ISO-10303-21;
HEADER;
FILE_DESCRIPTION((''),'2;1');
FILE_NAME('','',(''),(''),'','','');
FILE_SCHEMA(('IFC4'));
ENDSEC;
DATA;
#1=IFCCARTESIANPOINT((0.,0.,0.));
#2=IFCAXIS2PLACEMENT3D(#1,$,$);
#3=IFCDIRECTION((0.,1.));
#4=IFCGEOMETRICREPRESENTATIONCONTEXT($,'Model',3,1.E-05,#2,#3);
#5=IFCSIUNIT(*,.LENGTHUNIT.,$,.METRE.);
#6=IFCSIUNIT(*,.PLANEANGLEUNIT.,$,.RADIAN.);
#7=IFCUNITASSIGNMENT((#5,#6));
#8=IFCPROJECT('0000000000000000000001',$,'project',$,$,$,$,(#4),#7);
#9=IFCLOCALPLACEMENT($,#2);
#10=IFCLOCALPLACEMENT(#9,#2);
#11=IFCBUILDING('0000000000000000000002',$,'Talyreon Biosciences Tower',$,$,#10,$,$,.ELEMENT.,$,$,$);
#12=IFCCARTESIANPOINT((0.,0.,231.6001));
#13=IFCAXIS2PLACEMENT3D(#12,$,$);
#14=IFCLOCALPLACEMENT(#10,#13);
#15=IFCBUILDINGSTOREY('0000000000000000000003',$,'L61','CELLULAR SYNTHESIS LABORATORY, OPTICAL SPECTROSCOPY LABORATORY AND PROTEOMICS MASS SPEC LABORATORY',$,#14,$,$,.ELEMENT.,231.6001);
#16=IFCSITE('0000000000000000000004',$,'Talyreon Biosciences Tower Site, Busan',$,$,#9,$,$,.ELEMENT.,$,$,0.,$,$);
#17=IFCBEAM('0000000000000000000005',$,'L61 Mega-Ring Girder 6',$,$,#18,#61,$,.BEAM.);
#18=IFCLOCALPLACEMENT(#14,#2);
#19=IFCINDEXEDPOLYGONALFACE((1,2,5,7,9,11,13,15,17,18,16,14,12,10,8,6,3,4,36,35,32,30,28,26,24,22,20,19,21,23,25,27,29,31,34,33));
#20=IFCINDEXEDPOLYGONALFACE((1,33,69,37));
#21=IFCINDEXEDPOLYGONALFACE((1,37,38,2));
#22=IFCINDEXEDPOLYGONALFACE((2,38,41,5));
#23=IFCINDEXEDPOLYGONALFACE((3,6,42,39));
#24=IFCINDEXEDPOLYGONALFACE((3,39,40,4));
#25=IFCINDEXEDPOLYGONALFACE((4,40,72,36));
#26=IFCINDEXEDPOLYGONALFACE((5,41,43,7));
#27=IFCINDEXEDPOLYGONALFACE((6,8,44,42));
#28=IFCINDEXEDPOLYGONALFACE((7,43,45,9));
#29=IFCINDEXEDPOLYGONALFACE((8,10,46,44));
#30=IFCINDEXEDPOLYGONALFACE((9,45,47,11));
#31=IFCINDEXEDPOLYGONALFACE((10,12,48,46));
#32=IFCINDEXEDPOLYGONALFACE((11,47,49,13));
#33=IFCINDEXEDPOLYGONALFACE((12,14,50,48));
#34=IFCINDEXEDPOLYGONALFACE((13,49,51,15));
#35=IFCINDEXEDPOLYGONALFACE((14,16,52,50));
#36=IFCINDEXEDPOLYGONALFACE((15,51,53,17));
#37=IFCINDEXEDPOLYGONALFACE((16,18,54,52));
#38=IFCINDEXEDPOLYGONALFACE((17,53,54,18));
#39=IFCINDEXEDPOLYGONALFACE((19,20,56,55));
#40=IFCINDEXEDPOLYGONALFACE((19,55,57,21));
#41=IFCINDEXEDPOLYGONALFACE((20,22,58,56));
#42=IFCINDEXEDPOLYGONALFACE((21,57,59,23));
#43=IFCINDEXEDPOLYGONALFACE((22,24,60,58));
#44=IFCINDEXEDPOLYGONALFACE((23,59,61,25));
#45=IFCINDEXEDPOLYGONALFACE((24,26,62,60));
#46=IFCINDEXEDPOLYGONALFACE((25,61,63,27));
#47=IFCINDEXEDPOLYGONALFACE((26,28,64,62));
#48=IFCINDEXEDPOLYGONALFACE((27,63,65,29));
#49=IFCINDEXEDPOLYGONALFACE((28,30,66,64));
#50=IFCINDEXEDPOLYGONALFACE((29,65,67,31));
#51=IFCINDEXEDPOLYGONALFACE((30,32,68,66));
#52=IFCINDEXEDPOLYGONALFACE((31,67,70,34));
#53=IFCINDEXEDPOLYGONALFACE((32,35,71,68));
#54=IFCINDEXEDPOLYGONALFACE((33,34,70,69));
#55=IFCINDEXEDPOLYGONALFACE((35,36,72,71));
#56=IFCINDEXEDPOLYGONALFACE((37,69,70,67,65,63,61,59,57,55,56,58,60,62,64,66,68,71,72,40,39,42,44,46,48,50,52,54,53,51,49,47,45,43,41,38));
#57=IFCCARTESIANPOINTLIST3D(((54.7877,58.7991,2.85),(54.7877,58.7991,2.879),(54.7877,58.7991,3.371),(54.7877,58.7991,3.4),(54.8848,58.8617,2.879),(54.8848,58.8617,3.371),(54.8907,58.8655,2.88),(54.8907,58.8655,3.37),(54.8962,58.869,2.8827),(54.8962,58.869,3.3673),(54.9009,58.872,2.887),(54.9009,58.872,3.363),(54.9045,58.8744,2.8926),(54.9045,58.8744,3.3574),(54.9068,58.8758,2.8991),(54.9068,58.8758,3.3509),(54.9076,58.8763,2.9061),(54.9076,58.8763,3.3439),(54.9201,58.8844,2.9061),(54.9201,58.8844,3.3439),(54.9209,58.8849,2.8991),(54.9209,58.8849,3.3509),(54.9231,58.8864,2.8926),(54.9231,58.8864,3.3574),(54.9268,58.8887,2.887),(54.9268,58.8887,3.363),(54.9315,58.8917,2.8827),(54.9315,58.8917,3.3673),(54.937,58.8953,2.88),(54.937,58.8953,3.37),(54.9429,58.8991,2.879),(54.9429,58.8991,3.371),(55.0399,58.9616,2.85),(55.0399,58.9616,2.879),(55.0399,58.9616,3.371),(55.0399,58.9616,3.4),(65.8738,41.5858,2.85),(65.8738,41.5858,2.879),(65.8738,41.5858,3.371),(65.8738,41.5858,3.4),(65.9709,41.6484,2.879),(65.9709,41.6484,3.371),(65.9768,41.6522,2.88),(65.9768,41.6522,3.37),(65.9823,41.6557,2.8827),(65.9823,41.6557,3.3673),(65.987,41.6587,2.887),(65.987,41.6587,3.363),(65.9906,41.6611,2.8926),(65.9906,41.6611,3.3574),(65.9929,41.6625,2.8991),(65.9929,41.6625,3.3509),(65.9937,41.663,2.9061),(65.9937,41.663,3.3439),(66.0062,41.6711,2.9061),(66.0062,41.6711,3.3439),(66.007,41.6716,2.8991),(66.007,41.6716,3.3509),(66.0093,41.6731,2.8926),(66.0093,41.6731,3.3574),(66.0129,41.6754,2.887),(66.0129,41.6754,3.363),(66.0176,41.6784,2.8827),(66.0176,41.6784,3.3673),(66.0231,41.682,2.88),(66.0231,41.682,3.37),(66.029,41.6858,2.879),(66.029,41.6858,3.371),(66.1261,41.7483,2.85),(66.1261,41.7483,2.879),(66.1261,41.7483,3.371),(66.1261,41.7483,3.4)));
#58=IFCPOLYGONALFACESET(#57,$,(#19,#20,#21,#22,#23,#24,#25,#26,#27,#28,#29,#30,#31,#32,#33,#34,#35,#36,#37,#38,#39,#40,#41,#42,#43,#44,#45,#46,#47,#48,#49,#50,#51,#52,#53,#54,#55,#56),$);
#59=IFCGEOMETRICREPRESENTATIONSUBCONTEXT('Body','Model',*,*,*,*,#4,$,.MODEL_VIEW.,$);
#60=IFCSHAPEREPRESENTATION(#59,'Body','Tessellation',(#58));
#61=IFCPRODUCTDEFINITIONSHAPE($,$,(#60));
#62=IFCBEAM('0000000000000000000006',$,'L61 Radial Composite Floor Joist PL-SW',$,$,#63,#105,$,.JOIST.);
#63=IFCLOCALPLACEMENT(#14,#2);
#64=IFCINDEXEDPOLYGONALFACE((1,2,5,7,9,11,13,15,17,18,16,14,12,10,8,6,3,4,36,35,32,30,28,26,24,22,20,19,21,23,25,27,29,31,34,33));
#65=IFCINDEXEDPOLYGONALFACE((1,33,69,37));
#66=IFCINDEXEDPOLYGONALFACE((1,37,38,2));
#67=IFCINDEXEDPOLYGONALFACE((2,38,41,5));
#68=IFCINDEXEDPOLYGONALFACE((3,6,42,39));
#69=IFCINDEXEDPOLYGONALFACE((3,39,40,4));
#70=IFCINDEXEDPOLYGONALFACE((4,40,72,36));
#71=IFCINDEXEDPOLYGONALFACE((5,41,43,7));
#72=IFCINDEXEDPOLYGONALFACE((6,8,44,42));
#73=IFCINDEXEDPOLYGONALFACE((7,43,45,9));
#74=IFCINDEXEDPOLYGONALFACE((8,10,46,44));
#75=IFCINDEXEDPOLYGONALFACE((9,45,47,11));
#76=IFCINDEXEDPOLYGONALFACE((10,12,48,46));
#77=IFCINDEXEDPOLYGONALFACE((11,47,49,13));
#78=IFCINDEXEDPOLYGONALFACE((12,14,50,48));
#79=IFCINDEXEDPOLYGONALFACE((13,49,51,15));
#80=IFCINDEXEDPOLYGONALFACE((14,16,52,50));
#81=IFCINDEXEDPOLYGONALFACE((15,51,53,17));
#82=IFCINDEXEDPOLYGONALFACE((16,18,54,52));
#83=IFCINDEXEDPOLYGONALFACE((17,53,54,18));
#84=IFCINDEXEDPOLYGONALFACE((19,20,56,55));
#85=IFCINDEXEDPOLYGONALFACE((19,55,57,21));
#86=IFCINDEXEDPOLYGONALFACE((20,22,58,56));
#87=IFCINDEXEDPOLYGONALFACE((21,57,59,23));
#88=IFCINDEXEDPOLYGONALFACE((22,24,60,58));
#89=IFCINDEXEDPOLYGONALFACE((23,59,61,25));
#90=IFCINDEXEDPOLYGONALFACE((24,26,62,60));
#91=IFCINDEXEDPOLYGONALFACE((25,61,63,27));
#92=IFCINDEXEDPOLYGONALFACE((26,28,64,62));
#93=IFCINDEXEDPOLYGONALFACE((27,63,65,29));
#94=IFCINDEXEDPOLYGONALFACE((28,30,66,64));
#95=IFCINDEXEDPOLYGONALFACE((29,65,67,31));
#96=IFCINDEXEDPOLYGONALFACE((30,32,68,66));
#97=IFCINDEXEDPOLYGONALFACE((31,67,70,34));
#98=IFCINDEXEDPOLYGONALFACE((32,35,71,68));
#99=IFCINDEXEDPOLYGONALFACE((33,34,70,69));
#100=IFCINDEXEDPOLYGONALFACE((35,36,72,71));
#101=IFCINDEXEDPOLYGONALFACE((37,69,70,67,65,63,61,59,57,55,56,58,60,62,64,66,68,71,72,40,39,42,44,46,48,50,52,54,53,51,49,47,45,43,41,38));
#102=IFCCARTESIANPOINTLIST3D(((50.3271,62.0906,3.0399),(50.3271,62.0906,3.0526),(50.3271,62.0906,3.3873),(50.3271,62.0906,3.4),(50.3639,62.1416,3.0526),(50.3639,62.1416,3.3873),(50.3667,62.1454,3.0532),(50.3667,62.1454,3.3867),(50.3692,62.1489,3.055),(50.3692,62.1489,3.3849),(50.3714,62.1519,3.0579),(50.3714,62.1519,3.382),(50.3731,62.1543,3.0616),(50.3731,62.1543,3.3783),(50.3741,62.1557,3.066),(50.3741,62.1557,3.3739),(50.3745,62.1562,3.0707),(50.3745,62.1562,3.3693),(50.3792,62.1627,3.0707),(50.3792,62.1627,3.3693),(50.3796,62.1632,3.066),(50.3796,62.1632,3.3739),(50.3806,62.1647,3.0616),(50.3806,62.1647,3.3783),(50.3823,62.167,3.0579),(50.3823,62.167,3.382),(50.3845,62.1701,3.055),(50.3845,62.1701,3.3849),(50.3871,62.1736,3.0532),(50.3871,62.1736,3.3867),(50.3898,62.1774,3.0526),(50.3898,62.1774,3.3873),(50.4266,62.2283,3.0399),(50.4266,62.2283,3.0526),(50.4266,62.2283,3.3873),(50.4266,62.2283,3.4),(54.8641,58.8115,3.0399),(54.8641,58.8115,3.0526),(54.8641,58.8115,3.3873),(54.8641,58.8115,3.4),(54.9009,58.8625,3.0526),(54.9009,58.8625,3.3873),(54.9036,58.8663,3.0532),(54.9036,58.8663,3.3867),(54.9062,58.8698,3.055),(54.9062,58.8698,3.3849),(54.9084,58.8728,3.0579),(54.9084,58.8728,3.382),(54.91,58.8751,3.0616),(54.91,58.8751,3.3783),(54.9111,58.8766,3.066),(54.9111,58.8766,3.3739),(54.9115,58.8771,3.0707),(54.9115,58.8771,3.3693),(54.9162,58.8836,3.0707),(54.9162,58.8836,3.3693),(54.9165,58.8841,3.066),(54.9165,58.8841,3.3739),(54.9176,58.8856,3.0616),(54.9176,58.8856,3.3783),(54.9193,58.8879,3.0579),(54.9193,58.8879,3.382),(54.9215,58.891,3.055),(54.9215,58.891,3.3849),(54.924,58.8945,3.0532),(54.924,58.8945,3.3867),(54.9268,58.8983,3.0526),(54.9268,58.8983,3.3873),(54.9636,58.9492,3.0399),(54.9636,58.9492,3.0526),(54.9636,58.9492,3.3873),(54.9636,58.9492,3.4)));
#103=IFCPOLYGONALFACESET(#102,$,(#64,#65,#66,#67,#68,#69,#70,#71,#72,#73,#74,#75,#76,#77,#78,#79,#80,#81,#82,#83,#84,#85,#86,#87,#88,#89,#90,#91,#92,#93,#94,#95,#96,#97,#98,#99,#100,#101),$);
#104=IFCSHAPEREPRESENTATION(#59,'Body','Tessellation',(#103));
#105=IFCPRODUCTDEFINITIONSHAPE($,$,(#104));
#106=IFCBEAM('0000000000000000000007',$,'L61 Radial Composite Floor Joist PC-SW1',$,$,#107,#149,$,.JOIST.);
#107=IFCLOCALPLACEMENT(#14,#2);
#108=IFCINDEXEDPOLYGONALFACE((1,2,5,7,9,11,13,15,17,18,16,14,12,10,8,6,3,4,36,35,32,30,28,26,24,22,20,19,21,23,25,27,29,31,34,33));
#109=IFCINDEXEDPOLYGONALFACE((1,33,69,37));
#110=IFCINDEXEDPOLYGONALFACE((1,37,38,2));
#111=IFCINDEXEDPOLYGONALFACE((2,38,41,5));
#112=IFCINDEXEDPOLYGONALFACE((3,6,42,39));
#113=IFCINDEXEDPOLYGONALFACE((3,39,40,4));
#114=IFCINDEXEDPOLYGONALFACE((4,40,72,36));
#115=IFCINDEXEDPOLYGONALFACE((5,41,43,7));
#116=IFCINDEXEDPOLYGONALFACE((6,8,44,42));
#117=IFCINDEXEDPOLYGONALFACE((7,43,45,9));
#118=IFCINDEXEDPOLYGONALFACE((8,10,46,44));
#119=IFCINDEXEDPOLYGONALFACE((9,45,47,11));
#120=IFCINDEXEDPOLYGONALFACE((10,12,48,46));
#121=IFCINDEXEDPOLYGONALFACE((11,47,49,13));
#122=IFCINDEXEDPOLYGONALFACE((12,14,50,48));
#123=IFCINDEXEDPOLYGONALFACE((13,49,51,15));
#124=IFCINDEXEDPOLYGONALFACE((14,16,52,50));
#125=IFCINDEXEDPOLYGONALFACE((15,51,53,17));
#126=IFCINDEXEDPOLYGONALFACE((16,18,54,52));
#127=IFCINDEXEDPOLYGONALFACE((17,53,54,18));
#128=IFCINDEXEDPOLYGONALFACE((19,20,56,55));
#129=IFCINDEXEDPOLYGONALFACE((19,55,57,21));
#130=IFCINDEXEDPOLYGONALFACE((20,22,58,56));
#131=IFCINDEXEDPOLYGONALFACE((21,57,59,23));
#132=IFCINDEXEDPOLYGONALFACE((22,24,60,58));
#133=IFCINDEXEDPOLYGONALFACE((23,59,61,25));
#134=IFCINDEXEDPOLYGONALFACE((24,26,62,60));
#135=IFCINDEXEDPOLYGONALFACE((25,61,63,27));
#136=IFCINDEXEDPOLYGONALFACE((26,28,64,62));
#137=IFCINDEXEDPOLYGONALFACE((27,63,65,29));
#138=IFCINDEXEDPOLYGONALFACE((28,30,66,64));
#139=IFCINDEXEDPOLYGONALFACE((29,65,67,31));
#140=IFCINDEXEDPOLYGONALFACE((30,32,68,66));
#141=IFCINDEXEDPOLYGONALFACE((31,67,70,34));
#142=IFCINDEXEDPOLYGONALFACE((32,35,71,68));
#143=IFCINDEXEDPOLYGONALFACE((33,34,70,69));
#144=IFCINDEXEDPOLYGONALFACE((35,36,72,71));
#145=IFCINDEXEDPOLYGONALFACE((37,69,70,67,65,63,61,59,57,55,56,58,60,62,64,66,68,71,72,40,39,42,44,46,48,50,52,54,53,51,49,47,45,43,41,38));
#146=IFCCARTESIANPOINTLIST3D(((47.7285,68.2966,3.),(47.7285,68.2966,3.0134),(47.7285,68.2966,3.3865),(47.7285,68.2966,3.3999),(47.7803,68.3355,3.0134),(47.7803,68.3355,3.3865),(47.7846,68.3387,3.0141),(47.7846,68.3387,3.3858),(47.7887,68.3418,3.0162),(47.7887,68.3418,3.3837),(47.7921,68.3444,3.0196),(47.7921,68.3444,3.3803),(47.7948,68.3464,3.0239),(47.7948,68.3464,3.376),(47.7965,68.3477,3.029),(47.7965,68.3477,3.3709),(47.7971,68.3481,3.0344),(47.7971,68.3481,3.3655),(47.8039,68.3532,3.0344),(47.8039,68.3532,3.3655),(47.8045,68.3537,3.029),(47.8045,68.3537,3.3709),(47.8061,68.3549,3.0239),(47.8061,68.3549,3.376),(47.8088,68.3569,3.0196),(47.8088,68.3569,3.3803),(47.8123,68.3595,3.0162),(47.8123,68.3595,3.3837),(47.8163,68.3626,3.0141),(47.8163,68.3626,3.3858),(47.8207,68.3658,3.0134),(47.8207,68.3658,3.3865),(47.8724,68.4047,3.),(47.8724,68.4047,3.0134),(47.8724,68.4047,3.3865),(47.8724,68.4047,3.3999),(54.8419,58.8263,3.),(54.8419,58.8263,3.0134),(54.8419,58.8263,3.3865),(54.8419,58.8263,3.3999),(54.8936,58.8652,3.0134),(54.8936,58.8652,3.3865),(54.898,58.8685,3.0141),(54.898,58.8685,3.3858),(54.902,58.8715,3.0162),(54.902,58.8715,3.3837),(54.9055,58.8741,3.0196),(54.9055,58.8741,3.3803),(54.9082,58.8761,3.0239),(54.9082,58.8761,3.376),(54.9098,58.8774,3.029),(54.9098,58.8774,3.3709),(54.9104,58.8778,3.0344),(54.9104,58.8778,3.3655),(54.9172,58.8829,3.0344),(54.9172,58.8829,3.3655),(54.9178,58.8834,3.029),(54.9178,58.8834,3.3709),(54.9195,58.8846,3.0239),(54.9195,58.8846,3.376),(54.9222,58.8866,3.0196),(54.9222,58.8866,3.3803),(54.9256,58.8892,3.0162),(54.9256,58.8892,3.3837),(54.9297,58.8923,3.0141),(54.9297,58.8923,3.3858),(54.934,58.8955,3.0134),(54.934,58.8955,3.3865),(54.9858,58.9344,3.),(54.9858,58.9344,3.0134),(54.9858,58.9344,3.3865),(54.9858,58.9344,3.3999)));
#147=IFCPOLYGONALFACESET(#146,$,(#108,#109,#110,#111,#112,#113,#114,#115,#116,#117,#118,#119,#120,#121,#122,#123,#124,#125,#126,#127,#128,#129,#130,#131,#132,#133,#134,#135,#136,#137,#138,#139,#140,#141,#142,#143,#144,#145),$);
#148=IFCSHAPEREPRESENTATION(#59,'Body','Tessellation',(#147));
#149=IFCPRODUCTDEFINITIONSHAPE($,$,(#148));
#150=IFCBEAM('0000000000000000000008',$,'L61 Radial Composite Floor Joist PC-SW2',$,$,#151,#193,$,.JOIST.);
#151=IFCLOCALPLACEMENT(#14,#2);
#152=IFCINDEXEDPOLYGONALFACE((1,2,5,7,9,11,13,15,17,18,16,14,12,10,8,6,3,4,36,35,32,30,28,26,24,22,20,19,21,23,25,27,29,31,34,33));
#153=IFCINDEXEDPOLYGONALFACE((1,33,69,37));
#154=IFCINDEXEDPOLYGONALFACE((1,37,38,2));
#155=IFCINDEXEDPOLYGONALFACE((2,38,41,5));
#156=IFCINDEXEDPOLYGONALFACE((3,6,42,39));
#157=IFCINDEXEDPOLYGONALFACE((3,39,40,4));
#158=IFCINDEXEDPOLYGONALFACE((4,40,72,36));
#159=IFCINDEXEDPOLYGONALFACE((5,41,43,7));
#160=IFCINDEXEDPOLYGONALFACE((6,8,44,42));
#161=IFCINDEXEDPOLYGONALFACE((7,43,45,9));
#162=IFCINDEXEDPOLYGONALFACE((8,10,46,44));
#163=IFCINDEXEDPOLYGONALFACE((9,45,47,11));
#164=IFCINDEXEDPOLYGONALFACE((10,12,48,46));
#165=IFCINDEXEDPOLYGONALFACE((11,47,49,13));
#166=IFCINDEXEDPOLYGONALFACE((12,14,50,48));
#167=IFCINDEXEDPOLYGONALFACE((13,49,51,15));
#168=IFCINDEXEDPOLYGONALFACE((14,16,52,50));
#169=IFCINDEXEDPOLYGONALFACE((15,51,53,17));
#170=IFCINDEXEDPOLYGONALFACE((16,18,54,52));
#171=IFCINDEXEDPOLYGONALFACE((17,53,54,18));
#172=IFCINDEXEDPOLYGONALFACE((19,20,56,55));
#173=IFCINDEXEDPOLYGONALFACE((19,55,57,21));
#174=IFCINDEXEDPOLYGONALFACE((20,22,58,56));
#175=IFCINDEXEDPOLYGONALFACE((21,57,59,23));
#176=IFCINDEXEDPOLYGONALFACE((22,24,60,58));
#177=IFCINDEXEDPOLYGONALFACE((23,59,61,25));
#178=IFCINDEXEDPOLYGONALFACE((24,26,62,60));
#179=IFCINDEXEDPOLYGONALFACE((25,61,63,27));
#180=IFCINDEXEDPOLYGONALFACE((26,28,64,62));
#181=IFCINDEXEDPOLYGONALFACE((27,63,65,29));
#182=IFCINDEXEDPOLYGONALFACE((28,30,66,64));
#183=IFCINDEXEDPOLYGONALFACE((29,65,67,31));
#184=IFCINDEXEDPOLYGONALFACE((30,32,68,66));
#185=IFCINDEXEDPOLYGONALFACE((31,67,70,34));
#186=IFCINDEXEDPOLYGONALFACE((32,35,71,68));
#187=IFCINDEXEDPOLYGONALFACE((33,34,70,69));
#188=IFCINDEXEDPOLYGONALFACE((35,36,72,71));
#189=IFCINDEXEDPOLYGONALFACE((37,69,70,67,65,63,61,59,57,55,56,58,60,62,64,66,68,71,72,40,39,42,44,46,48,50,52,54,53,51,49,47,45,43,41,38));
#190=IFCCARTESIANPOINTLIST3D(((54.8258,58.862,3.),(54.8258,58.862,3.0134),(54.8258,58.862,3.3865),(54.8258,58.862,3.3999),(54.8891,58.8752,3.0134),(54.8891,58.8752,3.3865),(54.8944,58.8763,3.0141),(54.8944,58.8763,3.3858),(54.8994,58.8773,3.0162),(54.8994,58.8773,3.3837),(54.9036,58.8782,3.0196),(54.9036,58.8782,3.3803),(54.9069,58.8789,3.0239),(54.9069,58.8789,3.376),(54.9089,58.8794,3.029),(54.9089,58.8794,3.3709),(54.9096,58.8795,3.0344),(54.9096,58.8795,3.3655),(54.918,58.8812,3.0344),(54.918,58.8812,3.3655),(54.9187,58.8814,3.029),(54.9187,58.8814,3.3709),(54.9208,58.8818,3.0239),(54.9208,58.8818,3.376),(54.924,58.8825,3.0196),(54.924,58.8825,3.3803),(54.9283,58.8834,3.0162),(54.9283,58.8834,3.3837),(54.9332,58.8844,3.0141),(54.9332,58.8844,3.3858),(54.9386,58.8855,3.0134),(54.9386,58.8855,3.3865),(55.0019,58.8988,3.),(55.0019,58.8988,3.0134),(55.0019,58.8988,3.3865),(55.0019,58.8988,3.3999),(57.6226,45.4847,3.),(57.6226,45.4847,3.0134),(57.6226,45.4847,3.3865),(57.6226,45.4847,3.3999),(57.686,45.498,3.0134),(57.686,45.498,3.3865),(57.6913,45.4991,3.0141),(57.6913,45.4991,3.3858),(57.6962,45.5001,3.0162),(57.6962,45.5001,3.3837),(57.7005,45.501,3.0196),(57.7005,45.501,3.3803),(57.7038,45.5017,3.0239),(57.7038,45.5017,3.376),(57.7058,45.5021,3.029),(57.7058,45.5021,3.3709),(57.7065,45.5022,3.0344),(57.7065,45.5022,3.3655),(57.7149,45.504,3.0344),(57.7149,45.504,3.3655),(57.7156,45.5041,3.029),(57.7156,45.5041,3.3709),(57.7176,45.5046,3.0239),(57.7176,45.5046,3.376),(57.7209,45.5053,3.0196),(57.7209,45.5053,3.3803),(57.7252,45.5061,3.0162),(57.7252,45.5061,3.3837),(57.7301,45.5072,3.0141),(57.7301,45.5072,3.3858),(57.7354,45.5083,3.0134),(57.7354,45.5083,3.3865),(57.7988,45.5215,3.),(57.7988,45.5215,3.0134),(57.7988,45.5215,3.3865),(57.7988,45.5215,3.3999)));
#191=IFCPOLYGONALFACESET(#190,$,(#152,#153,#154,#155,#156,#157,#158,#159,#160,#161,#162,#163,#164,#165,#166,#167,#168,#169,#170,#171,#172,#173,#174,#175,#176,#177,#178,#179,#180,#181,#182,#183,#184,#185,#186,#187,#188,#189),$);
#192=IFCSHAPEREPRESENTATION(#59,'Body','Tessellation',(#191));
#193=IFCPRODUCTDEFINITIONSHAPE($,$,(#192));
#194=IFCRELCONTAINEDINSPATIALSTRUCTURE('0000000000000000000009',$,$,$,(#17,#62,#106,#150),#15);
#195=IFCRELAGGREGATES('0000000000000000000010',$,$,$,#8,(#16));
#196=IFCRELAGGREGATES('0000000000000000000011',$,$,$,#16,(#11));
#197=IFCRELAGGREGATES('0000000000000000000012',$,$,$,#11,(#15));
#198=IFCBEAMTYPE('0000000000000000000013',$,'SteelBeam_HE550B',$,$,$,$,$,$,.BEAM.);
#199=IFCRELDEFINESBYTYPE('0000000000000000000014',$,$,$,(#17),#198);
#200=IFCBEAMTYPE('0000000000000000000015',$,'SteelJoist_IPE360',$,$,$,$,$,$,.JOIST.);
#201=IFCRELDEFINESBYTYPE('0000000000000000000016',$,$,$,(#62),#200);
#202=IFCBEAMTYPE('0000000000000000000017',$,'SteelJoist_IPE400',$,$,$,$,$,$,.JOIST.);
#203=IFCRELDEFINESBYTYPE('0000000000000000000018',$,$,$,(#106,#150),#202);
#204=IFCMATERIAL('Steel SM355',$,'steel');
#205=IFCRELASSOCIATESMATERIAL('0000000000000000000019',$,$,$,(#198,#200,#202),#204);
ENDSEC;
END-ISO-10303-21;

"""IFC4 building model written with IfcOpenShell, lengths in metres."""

from ifc_helpers import new_model, si_unit, direction, frame, origin, origin_2d, place, context, subcontext, project, spatial, i_section, extrude, material, material_profile, profile_set, type_object, element, save


model = new_model("IFC4")

# Units and contexts
model_context = context("Model", 3, precision=1e-05, world=origin(), true_north=direction((0.0, 1.0)))
body_context = subcontext(model_context, "Body", "Model", "MODEL_VIEW")
ifc_project = project(units=[si_unit("LENGTHUNIT", "METRE"), si_unit("PLANEANGLEUNIT", "RADIAN")], contexts=[model_context])

# Site, building, storey
site_placement = place(None, origin())
site = spatial("IfcSite", under=ifc_project, at=site_placement, Name="Talyreon Biosciences Tower Site, Busan", CompositionType="ELEMENT", RefElevation=0.0)
building_placement = place(site_placement, origin())
building = spatial("IfcBuilding", under=site, at=building_placement, Name="Talyreon Biosciences Tower", CompositionType="ELEMENT")
storey_placement = place(building_placement, frame((0.0, 0.0, 231.6001)))
storey = spatial("IfcBuildingStorey", under=building, at=storey_placement, Name="L61", Description="CELLULAR SYNTHESIS LABORATORY, OPTICAL SPECTROSCOPY LABORATORY AND PROTEOMICS MASS SPEC LABORATORY", CompositionType="ELEMENT", Elevation=231.6001)

# Beams
ifc_material_1 = material(Name="Steel SM355", Category="steel")
ifc_material_profile_1 = material_profile(ifc_material_1, i_section(OverallWidth=0.3, OverallDepth=0.55, WebThickness=0.0149, FlangeThickness=0.0291, FilletRadius=0.0271, at=origin_2d()), Name="HE550B")
ifc_profile_set_1 = profile_set([ifc_material_profile_1], Name="Steel SM355")
beam_type_1 = type_object("IfcBeamType", Name="SteelBeam_HE550B", PredefinedType="BEAM", material=ifc_profile_set_1)
beam_1_placement = place(storey_placement, frame((54.9138, 58.8804, 3.125), z_axis=(0.541464, -0.840724, 0.0), x_axis=(0.840724, 0.541464, 0.0)))
element("IfcBeam", 1, at=beam_1_placement, inside=storey, type_object=beam_type_1, Name="L61 Mega-Ring Girder 6", PredefinedType="BEAM", context=body_context, shape_type="SweptSolid", body=[
    extrude(i_section(OverallWidth=0.3, OverallDepth=0.55, WebThickness=0.0149, FlangeThickness=0.0291, FilletRadius=0.0271, at=origin_2d()), origin(), (0.0, 0.0, 1.0), 20.4744),
])
ifc_material_profile_2 = material_profile(ifc_material_1, i_section(OverallWidth=0.1699, OverallDepth=0.3601, WebThickness=0.0081, FlangeThickness=0.0127, FilletRadius=0.0181, at=origin_2d()), Name="IPE360")
ifc_profile_set_2 = profile_set([ifc_material_profile_2], Name="Steel SM355")
beam_type_2 = type_object("IfcBeamType", Name="SteelJoist_IPE360", PredefinedType="JOIST", material=ifc_profile_set_2)
beam_2_placement = place(storey_placement, frame((54.9138, 58.8804, 3.22), z_axis=(-0.810473, 0.585776, 0.0), x_axis=(-0.585776, -0.810473, 0.0)))
element("IfcBeam", 2, at=beam_2_placement, inside=storey, type_object=beam_type_2, Name="L61 Radial Composite Floor Joist PL-SW", PredefinedType="JOIST", context=body_context, shape_type="SweptSolid", body=[
    extrude(i_section(OverallWidth=0.1699, OverallDepth=0.3601, WebThickness=0.0081, FlangeThickness=0.0127, FilletRadius=0.0181, at=origin_2d()), origin(), (0.0, 0.0, 1.0), 5.5979),
])
ifc_material_profile_3 = material_profile(ifc_material_1, i_section(OverallWidth=0.1799, OverallDepth=0.3999, WebThickness=0.0085, FlangeThickness=0.0134, FilletRadius=0.021, at=origin_2d()), Name="IPE400")
ifc_profile_set_3 = profile_set([ifc_material_profile_3], Name="Steel SM355")
beam_type_3 = type_object("IfcBeamType", Name="SteelJoist_IPE400", PredefinedType="JOIST", material=ifc_profile_set_3)
beam_3_placement = place(storey_placement, frame((54.9138, 58.8804, 3.2), z_axis=(-0.600574, 0.799569, 0.0), x_axis=(-0.799569, -0.600574, 0.0)))
element("IfcBeam", 3, at=beam_3_placement, inside=storey, type_object=beam_type_3, Name="L61 Radial Composite Floor Joist PC-SW1", PredefinedType="JOIST", context=body_context, shape_type="SweptSolid", body=[
    extrude(i_section(OverallWidth=0.1799, OverallDepth=0.3999, WebThickness=0.0085, FlangeThickness=0.0134, FilletRadius=0.021, at=origin_2d()), origin(), (0.0, 0.0, 1.0), 11.8442),
])
beam_4_placement = place(storey_placement, frame((54.9138, 58.8804, 3.2), z_axis=(0.204653, -0.978835, 0.0), x_axis=(0.978835, 0.204653, 0.0)))
element("IfcBeam", 4, at=beam_4_placement, inside=storey, type_object=beam_type_3, Name="L61 Radial Composite Floor Joist PC-SW2", PredefinedType="JOIST", context=body_context, shape_type="SweptSolid", body=[
    extrude(i_section(OverallWidth=0.1799, OverallDepth=0.3999, WebThickness=0.0085, FlangeThickness=0.0134, FilletRadius=0.021, at=origin_2d()), origin(), (0.0, 0.0, 1.0), 13.6665),
])

save(model, "model.ifc")
